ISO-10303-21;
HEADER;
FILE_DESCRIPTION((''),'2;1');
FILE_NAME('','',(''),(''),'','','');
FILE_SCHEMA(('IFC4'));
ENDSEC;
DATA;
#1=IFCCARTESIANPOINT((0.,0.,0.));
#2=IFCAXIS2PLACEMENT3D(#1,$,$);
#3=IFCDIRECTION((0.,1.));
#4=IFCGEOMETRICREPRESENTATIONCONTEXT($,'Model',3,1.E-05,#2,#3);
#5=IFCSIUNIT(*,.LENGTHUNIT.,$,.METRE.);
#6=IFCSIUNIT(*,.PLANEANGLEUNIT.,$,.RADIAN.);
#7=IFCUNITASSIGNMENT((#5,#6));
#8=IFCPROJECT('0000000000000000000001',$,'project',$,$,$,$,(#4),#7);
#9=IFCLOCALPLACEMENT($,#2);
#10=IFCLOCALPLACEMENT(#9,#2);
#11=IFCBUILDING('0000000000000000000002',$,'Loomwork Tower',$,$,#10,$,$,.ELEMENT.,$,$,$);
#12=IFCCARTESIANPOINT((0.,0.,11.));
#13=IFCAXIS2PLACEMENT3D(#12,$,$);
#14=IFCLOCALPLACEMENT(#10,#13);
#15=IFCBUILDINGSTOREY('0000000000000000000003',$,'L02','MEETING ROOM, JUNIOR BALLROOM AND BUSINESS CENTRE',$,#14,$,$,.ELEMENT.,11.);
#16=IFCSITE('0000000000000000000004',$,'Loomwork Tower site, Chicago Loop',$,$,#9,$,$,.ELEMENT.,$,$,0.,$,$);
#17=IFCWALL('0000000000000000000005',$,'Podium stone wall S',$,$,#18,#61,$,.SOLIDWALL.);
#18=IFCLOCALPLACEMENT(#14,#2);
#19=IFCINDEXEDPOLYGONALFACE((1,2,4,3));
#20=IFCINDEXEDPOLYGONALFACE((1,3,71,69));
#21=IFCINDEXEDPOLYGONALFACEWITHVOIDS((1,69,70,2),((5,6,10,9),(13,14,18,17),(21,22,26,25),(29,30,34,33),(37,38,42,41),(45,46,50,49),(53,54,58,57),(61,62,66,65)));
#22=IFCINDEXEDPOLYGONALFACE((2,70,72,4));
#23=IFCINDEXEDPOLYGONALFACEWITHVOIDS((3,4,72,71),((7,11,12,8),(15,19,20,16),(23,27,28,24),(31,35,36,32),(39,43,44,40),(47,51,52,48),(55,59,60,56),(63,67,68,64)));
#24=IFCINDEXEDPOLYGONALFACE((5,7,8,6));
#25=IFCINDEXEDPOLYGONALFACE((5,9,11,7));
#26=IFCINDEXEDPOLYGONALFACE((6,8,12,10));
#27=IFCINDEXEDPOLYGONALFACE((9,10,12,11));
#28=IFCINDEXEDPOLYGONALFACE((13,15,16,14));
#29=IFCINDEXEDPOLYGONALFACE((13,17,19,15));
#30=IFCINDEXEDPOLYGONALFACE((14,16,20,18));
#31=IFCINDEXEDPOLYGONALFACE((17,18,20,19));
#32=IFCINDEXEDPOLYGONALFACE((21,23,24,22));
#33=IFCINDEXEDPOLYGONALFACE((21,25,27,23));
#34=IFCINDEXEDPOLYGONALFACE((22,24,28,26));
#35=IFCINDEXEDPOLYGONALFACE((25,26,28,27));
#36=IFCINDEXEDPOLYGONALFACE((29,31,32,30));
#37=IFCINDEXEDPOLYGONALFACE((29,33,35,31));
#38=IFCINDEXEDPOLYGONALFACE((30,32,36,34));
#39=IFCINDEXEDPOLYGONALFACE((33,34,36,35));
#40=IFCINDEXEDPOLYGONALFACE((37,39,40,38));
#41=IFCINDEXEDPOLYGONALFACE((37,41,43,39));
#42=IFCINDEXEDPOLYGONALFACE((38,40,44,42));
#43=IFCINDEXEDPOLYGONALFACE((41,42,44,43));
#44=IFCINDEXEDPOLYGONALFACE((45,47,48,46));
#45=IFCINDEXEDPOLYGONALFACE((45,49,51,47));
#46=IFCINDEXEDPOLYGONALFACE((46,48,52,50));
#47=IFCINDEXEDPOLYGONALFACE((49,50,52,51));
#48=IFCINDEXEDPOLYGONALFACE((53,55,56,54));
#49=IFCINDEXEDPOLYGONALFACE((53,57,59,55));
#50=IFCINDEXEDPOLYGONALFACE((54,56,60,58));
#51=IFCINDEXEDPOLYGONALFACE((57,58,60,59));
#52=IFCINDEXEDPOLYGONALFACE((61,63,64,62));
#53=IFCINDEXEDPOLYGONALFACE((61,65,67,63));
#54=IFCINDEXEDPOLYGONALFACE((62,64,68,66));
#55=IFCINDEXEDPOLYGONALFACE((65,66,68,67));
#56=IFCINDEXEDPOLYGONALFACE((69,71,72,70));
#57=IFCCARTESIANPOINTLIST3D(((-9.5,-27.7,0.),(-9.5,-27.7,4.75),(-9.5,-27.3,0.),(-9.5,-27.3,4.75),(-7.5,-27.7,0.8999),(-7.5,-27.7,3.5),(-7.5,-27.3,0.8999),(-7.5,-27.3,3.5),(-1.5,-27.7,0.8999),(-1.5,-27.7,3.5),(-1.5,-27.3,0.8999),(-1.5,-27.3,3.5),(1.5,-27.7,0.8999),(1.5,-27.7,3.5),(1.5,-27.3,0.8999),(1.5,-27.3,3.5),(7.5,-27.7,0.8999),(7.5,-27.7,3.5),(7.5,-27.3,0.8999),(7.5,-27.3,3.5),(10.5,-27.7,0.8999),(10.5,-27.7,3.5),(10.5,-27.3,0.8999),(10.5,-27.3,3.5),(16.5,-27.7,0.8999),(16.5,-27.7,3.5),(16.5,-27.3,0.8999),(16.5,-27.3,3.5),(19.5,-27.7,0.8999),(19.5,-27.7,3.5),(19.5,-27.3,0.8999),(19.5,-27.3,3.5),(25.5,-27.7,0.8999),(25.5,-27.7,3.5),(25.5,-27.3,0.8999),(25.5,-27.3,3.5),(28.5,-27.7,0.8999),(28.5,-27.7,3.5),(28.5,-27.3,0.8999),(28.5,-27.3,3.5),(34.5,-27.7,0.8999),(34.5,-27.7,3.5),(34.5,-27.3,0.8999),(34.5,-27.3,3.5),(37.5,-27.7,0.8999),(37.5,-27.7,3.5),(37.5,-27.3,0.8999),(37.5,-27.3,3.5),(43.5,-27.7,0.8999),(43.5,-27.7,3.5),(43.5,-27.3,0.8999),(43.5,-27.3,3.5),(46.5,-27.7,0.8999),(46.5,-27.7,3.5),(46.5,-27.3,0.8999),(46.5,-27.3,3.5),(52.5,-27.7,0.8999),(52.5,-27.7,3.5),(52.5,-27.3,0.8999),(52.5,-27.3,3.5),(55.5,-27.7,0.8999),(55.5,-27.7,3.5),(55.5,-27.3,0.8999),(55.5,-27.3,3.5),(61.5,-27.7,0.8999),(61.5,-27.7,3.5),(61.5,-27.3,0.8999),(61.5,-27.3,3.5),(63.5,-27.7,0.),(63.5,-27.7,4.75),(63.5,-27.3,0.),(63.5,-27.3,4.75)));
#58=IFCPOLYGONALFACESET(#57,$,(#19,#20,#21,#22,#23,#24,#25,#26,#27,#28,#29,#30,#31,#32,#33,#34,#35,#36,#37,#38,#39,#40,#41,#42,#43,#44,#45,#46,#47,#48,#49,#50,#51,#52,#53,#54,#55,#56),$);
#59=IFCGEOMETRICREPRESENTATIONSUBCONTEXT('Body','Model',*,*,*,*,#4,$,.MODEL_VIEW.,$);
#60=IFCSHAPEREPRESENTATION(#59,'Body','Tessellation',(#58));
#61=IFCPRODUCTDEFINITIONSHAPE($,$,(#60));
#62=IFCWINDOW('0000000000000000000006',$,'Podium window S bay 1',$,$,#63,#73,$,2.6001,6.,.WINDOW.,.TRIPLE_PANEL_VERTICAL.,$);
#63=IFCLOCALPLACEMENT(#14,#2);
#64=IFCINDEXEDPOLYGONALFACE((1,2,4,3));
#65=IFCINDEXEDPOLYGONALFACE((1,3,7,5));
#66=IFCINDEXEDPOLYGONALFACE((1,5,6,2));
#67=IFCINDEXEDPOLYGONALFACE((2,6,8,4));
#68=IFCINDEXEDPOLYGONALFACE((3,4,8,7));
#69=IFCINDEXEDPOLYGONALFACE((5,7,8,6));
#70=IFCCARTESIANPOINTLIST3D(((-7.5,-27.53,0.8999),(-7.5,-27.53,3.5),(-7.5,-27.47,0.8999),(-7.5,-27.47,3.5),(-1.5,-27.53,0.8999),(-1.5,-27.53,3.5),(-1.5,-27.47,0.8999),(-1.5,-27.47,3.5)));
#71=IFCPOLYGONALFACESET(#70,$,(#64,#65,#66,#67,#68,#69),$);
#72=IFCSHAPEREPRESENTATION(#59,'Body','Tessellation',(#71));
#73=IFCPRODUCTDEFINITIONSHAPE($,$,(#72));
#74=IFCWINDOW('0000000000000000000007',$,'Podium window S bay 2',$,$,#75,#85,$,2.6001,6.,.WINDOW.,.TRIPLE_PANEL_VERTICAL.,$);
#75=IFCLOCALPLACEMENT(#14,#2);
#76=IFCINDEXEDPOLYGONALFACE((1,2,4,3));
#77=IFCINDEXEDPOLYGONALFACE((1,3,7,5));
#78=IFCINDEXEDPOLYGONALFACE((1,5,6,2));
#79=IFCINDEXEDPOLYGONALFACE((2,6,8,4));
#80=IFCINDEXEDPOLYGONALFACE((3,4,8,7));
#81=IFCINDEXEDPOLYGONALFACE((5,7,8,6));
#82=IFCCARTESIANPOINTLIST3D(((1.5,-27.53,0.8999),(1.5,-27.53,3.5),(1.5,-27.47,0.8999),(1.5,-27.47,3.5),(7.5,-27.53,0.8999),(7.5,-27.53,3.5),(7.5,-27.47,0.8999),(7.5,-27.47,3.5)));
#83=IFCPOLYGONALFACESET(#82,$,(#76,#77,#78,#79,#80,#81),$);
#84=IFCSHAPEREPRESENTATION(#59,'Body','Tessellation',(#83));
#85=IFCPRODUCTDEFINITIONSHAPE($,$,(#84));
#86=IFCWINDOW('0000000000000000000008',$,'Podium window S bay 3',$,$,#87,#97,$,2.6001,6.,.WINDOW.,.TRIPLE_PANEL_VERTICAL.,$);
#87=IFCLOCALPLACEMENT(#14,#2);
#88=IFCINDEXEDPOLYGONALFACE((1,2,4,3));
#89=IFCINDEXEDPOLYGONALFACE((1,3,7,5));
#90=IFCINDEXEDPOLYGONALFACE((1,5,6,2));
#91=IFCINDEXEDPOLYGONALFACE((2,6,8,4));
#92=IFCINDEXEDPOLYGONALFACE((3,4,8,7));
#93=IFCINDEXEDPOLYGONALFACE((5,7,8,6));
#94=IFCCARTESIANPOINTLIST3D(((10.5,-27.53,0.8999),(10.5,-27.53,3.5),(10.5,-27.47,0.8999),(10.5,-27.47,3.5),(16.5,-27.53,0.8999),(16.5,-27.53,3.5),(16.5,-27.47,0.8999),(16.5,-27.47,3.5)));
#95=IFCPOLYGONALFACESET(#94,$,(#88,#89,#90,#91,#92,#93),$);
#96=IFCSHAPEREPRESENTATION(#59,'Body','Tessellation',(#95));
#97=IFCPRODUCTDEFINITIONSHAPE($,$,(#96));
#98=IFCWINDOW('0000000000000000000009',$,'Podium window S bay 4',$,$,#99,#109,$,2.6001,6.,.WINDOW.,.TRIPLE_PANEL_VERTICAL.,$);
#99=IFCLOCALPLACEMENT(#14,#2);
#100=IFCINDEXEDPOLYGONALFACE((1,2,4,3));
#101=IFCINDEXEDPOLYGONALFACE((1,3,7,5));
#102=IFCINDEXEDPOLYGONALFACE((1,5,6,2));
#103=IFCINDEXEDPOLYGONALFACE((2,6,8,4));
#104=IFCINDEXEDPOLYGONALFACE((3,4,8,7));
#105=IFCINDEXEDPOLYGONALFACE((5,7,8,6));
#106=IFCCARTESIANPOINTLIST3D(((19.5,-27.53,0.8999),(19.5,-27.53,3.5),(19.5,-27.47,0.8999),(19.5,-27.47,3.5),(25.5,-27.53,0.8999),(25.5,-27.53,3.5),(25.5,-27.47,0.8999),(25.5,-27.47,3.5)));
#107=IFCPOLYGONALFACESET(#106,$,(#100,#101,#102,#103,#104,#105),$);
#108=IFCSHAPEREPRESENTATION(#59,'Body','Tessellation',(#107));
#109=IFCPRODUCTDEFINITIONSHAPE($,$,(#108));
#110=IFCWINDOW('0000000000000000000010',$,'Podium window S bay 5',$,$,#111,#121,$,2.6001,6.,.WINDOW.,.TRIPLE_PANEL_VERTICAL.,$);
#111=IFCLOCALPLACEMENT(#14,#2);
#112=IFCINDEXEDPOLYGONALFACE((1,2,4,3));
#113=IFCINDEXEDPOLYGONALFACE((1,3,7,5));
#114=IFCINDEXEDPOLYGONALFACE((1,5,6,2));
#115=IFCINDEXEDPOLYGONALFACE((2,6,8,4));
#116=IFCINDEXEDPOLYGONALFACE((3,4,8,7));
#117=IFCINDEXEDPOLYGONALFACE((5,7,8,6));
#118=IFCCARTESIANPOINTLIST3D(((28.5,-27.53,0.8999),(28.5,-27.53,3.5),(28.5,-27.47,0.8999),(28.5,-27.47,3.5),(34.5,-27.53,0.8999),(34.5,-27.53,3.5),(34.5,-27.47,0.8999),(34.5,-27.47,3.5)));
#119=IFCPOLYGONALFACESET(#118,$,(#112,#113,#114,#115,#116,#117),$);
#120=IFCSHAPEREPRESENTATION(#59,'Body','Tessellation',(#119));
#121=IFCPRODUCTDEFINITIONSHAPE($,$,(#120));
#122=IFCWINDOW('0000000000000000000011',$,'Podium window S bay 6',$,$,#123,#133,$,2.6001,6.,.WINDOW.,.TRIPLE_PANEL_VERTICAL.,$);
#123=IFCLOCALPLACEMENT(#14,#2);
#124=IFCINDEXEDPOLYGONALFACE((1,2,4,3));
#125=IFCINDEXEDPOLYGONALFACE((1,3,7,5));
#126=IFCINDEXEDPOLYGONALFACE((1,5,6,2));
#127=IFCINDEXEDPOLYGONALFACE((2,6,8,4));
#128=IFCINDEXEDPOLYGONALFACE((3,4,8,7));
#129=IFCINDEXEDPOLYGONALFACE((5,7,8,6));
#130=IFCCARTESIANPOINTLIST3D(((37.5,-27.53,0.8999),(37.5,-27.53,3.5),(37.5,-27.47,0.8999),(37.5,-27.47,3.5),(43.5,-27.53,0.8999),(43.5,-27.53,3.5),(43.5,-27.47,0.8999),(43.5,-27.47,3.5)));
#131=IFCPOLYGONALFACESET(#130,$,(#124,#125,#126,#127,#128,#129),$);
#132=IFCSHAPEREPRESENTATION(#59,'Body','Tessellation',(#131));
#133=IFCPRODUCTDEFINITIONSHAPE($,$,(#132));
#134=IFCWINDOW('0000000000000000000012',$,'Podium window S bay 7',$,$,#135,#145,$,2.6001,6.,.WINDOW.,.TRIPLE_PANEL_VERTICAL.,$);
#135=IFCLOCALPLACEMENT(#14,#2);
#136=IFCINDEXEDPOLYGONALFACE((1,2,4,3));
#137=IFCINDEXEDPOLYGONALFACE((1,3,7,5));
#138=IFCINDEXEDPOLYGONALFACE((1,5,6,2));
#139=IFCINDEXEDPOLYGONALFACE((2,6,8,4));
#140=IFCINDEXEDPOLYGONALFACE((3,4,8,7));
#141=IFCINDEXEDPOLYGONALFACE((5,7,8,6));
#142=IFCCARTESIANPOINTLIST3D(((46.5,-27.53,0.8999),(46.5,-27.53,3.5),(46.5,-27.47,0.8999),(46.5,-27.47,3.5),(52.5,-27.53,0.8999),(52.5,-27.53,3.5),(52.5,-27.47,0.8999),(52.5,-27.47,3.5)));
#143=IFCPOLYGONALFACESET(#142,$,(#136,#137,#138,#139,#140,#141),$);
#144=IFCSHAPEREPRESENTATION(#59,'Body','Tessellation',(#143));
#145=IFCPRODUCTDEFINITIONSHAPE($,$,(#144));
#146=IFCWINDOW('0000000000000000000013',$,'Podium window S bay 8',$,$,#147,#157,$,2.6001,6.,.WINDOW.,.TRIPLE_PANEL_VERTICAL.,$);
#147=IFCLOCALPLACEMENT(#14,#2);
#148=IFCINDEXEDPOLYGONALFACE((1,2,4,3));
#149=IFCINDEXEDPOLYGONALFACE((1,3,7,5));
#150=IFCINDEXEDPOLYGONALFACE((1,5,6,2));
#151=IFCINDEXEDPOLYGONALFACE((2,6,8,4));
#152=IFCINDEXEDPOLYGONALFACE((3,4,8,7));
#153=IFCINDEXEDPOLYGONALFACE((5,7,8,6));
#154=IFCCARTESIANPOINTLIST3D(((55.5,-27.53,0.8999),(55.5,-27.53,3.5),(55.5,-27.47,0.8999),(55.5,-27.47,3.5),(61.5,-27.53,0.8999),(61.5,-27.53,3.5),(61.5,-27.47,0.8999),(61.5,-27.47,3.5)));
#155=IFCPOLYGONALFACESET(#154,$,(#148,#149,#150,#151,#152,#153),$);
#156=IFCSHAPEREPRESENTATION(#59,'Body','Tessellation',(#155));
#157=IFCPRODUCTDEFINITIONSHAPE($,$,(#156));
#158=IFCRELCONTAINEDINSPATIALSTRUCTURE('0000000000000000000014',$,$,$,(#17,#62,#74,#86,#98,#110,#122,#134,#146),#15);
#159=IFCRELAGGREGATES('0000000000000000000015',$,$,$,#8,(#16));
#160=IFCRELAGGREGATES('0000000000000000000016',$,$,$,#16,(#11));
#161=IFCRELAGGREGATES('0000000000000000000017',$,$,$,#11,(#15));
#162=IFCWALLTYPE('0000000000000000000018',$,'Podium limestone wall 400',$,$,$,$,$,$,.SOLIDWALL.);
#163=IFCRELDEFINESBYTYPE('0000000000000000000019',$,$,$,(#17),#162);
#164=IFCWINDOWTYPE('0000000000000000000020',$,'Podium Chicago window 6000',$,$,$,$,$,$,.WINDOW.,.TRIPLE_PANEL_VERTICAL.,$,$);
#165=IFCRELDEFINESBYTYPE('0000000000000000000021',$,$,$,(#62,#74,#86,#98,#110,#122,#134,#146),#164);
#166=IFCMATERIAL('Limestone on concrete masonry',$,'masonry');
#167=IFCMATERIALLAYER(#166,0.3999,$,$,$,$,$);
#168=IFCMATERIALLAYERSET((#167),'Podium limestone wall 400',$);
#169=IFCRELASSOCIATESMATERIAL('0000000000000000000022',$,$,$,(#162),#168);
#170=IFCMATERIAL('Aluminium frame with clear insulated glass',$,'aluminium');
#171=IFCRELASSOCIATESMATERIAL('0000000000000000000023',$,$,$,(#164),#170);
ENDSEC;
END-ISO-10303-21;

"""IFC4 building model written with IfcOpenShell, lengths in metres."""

from ifc_helpers import new_model, si_unit, direction, frame, frame_2d, origin, place, context, subcontext, project, spatial, rectangle, extrude, material, layer, layer_set, type_object, element, fill, save


model = new_model("IFC4")

# Units and contexts
model_context = context("Model", 3, precision=1e-05, world=origin(), true_north=direction((0.0, 1.0)))
body_context = subcontext(model_context, "Body", "Model", "MODEL_VIEW")
ifc_project = project(units=[si_unit("LENGTHUNIT", "METRE"), si_unit("PLANEANGLEUNIT", "RADIAN")], contexts=[model_context])

# Site, building, storey
site_placement = place(None, origin())
site = spatial("IfcSite", under=ifc_project, at=site_placement, Name="Loomwork Tower site, Chicago Loop", CompositionType="ELEMENT", RefElevation=0.0)
building_placement = place(site_placement, origin())
building = spatial("IfcBuilding", under=site, at=building_placement, Name="Loomwork Tower", CompositionType="ELEMENT")
storey_placement = place(building_placement, frame((0.0, 0.0, 11.0)))
storey = spatial("IfcBuildingStorey", under=building, at=storey_placement, Name="L02", Description="MEETING ROOM, JUNIOR BALLROOM AND BUSINESS CENTRE", CompositionType="ELEMENT", Elevation=11.0)

# Wall, openings, windows
ifc_material_1 = material(Name="Limestone on concrete masonry", Category="masonry")
ifc_layer_1 = layer(ifc_material_1, 0.3999)
ifc_layer_set_1 = layer_set([ifc_layer_1], Name="Podium limestone wall 400")
wall_type_1 = type_object("IfcWallType", Name="Podium limestone wall 400", PredefinedType="SOLIDWALL", material=ifc_layer_set_1)
wall_1_placement = place(storey_placement, frame((-9.5, -27.5, 0.0), z_axis=(0.0, 0.0, 1.0), x_axis=(1.0, 0.0, 0.0)))
wall_1 = element("IfcWall", 1, at=wall_1_placement, inside=storey, type_object=wall_type_1, Name="Podium stone wall S", PredefinedType="SOLIDWALL", context=body_context, shape_type="SweptSolid", body=[
    extrude(rectangle(XDim=73.0, YDim=0.3999, at=frame_2d((36.5, 0.0))), origin(), (0.0, 0.0, 1.0), 4.75),
])
opening_1_placement = place(wall_1_placement, frame((2.0, 0.0, 0.8999)))
opening_1 = element("IfcOpeningElement", 2, at=opening_1_placement, cuts=wall_1, PredefinedType="OPENING", context=body_context, shape_type="SweptSolid", body=[
    extrude(rectangle(XDim=6.0, YDim=2.6001, at=frame_2d((3.0, 1.3))), frame((0.0, 0.21, 0.0), z_axis=(0.0, -1.0, 0.0), x_axis=(1.0, 0.0, 0.0)), (0.0, 0.0, 1.0), 0.4199),
])
opening_2_placement = place(wall_1_placement, frame((11.0, 0.0, 0.8999)))
opening_2 = element("IfcOpeningElement", 3, at=opening_2_placement, cuts=wall_1, PredefinedType="OPENING", context=body_context, shape_type="SweptSolid", body=[
    extrude(rectangle(XDim=6.0, YDim=2.6001, at=frame_2d((3.0, 1.3))), frame((0.0, 0.21, 0.0), z_axis=(0.0, -1.0, 0.0), x_axis=(1.0, 0.0, 0.0)), (0.0, 0.0, 1.0), 0.4199),
])
opening_3_placement = place(wall_1_placement, frame((20.0, 0.0, 0.8999)))
opening_3 = element("IfcOpeningElement", 4, at=opening_3_placement, cuts=wall_1, PredefinedType="OPENING", context=body_context, shape_type="SweptSolid", body=[
    extrude(rectangle(XDim=6.0, YDim=2.6001, at=frame_2d((3.0, 1.3))), frame((0.0, 0.21, 0.0), z_axis=(0.0, -1.0, 0.0), x_axis=(1.0, 0.0, 0.0)), (0.0, 0.0, 1.0), 0.4199),
])
opening_4_placement = place(wall_1_placement, frame((29.0, 0.0, 0.8999)))
opening_4 = element("IfcOpeningElement", 5, at=opening_4_placement, cuts=wall_1, PredefinedType="OPENING", context=body_context, shape_type="SweptSolid", body=[
    extrude(rectangle(XDim=6.0, YDim=2.6001, at=frame_2d((3.0, 1.3))), frame((0.0, 0.21, 0.0), z_axis=(0.0, -1.0, 0.0), x_axis=(1.0, 0.0, 0.0)), (0.0, 0.0, 1.0), 0.4199),
])
opening_5_placement = place(wall_1_placement, frame((38.0, 0.0, 0.8999)))
opening_5 = element("IfcOpeningElement", 6, at=opening_5_placement, cuts=wall_1, PredefinedType="OPENING", context=body_context, shape_type="SweptSolid", body=[
    extrude(rectangle(XDim=6.0, YDim=2.6001, at=frame_2d((3.0, 1.3))), frame((0.0, 0.21, 0.0), z_axis=(0.0, -1.0, 0.0), x_axis=(1.0, 0.0, 0.0)), (0.0, 0.0, 1.0), 0.4199),
])
opening_6_placement = place(wall_1_placement, frame((47.0, 0.0, 0.8999)))
opening_6 = element("IfcOpeningElement", 7, at=opening_6_placement, cuts=wall_1, PredefinedType="OPENING", context=body_context, shape_type="SweptSolid", body=[
    extrude(rectangle(XDim=6.0, YDim=2.6001, at=frame_2d((3.0, 1.3))), frame((0.0, 0.21, 0.0), z_axis=(0.0, -1.0, 0.0), x_axis=(1.0, 0.0, 0.0)), (0.0, 0.0, 1.0), 0.4199),
])
opening_7_placement = place(wall_1_placement, frame((56.0, 0.0, 0.8999)))
opening_7 = element("IfcOpeningElement", 8, at=opening_7_placement, cuts=wall_1, PredefinedType="OPENING", context=body_context, shape_type="SweptSolid", body=[
    extrude(rectangle(XDim=6.0, YDim=2.6001, at=frame_2d((3.0, 1.3))), frame((0.0, 0.21, 0.0), z_axis=(0.0, -1.0, 0.0), x_axis=(1.0, 0.0, 0.0)), (0.0, 0.0, 1.0), 0.4199),
])
opening_8_placement = place(wall_1_placement, frame((65.0, 0.0, 0.8999)))
opening_8 = element("IfcOpeningElement", 9, at=opening_8_placement, cuts=wall_1, PredefinedType="OPENING", context=body_context, shape_type="SweptSolid", body=[
    extrude(rectangle(XDim=6.0, YDim=2.6001, at=frame_2d((3.0, 1.3))), frame((0.0, 0.21, 0.0), z_axis=(0.0, -1.0, 0.0), x_axis=(1.0, 0.0, 0.0)), (0.0, 0.0, 1.0), 0.4199),
])
ifc_material_2 = material(Name="Aluminium frame with clear insulated glass", Category="aluminium")
window_type = type_object("IfcWindowType", Name="Podium Chicago window 6000", PartitioningType="TRIPLE_PANEL_VERTICAL", PredefinedType="WINDOW", material=ifc_material_2)
window_1_placement = place(opening_1_placement, origin())
window_1 = element("IfcWindow", 10, at=window_1_placement, inside=storey, type_object=window_type, Name="Podium window S bay 1", OverallHeight=2.6001, OverallWidth=6.0, PartitioningType="TRIPLE_PANEL_VERTICAL", PredefinedType="WINDOW", context=body_context, shape_type="SweptSolid", body=[
    extrude(rectangle(XDim=6.0, YDim=2.6001, at=frame_2d((3.0, 1.3))), frame((0.0, 0.03, 0.0), z_axis=(0.0, -1.0, 0.0), x_axis=(1.0, 0.0, 0.0)), (0.0, 0.0, 1.0), 0.0601),
])
fill(opening_1, window_1)
window_2_placement = place(opening_2_placement, origin())
window_2 = element("IfcWindow", 11, at=window_2_placement, inside=storey, type_object=window_type, Name="Podium window S bay 2", OverallHeight=2.6001, OverallWidth=6.0, PartitioningType="TRIPLE_PANEL_VERTICAL", PredefinedType="WINDOW", context=body_context, shape_type="SweptSolid", body=[
    extrude(rectangle(XDim=6.0, YDim=2.6001, at=frame_2d((3.0, 1.3))), frame((0.0, 0.03, 0.0), z_axis=(0.0, -1.0, 0.0), x_axis=(1.0, 0.0, 0.0)), (0.0, 0.0, 1.0), 0.0601),
])
fill(opening_2, window_2)
window_3_placement = place(opening_3_placement, origin())
window_3 = element("IfcWindow", 12, at=window_3_placement, inside=storey, type_object=window_type, Name="Podium window S bay 3", OverallHeight=2.6001, OverallWidth=6.0, PartitioningType="TRIPLE_PANEL_VERTICAL", PredefinedType="WINDOW", context=body_context, shape_type="SweptSolid", body=[
    extrude(rectangle(XDim=6.0, YDim=2.6001, at=frame_2d((3.0, 1.3))), frame((0.0, 0.03, 0.0), z_axis=(0.0, -1.0, 0.0), x_axis=(1.0, 0.0, 0.0)), (0.0, 0.0, 1.0), 0.0601),
])
fill(opening_3, window_3)
window_4_placement = place(opening_4_placement, origin())
window_4 = element("IfcWindow", 13, at=window_4_placement, inside=storey, type_object=window_type, Name="Podium window S bay 4", OverallHeight=2.6001, OverallWidth=6.0, PartitioningType="TRIPLE_PANEL_VERTICAL", PredefinedType="WINDOW", context=body_context, shape_type="SweptSolid", body=[
    extrude(rectangle(XDim=6.0, YDim=2.6001, at=frame_2d((3.0, 1.3))), frame((0.0, 0.03, 0.0), z_axis=(0.0, -1.0, 0.0), x_axis=(1.0, 0.0, 0.0)), (0.0, 0.0, 1.0), 0.0601),
])
fill(opening_4, window_4)
window_5_placement = place(opening_5_placement, origin())
window_5 = element("IfcWindow", 14, at=window_5_placement, inside=storey, type_object=window_type, Name="Podium window S bay 5", OverallHeight=2.6001, OverallWidth=6.0, PartitioningType="TRIPLE_PANEL_VERTICAL", PredefinedType="WINDOW", context=body_context, shape_type="SweptSolid", body=[
    extrude(rectangle(XDim=6.0, YDim=2.6001, at=frame_2d((3.0, 1.3))), frame((0.0, 0.03, 0.0), z_axis=(0.0, -1.0, 0.0), x_axis=(1.0, 0.0, 0.0)), (0.0, 0.0, 1.0), 0.0601),
])
fill(opening_5, window_5)
window_6_placement = place(opening_6_placement, origin())
window_6 = element("IfcWindow", 15, at=window_6_placement, inside=storey, type_object=window_type, Name="Podium window S bay 6", OverallHeight=2.6001, OverallWidth=6.0, PartitioningType="TRIPLE_PANEL_VERTICAL", PredefinedType="WINDOW", context=body_context, shape_type="SweptSolid", body=[
    extrude(rectangle(XDim=6.0, YDim=2.6001, at=frame_2d((3.0, 1.3))), frame((0.0, 0.03, 0.0), z_axis=(0.0, -1.0, 0.0), x_axis=(1.0, 0.0, 0.0)), (0.0, 0.0, 1.0), 0.0601),
])
fill(opening_6, window_6)
window_7_placement = place(opening_7_placement, origin())
window_7 = element("IfcWindow", 16, at=window_7_placement, inside=storey, type_object=window_type, Name="Podium window S bay 7", OverallHeight=2.6001, OverallWidth=6.0, PartitioningType="TRIPLE_PANEL_VERTICAL", PredefinedType="WINDOW", context=body_context, shape_type="SweptSolid", body=[
    extrude(rectangle(XDim=6.0, YDim=2.6001, at=frame_2d((3.0, 1.3))), frame((0.0, 0.03, 0.0), z_axis=(0.0, -1.0, 0.0), x_axis=(1.0, 0.0, 0.0)), (0.0, 0.0, 1.0), 0.0601),
])
fill(opening_7, window_7)
window_8_placement = place(opening_8_placement, origin())
window_8 = element("IfcWindow", 17, at=window_8_placement, inside=storey, type_object=window_type, Name="Podium window S bay 8", OverallHeight=2.6001, OverallWidth=6.0, PartitioningType="TRIPLE_PANEL_VERTICAL", PredefinedType="WINDOW", context=body_context, shape_type="SweptSolid", body=[
    extrude(rectangle(XDim=6.0, YDim=2.6001, at=frame_2d((3.0, 1.3))), frame((0.0, 0.03, 0.0), z_axis=(0.0, -1.0, 0.0), x_axis=(1.0, 0.0, 0.0)), (0.0, 0.0, 1.0), 0.0601),
])
fill(opening_8, window_8)

save(model, "model.ifc")
